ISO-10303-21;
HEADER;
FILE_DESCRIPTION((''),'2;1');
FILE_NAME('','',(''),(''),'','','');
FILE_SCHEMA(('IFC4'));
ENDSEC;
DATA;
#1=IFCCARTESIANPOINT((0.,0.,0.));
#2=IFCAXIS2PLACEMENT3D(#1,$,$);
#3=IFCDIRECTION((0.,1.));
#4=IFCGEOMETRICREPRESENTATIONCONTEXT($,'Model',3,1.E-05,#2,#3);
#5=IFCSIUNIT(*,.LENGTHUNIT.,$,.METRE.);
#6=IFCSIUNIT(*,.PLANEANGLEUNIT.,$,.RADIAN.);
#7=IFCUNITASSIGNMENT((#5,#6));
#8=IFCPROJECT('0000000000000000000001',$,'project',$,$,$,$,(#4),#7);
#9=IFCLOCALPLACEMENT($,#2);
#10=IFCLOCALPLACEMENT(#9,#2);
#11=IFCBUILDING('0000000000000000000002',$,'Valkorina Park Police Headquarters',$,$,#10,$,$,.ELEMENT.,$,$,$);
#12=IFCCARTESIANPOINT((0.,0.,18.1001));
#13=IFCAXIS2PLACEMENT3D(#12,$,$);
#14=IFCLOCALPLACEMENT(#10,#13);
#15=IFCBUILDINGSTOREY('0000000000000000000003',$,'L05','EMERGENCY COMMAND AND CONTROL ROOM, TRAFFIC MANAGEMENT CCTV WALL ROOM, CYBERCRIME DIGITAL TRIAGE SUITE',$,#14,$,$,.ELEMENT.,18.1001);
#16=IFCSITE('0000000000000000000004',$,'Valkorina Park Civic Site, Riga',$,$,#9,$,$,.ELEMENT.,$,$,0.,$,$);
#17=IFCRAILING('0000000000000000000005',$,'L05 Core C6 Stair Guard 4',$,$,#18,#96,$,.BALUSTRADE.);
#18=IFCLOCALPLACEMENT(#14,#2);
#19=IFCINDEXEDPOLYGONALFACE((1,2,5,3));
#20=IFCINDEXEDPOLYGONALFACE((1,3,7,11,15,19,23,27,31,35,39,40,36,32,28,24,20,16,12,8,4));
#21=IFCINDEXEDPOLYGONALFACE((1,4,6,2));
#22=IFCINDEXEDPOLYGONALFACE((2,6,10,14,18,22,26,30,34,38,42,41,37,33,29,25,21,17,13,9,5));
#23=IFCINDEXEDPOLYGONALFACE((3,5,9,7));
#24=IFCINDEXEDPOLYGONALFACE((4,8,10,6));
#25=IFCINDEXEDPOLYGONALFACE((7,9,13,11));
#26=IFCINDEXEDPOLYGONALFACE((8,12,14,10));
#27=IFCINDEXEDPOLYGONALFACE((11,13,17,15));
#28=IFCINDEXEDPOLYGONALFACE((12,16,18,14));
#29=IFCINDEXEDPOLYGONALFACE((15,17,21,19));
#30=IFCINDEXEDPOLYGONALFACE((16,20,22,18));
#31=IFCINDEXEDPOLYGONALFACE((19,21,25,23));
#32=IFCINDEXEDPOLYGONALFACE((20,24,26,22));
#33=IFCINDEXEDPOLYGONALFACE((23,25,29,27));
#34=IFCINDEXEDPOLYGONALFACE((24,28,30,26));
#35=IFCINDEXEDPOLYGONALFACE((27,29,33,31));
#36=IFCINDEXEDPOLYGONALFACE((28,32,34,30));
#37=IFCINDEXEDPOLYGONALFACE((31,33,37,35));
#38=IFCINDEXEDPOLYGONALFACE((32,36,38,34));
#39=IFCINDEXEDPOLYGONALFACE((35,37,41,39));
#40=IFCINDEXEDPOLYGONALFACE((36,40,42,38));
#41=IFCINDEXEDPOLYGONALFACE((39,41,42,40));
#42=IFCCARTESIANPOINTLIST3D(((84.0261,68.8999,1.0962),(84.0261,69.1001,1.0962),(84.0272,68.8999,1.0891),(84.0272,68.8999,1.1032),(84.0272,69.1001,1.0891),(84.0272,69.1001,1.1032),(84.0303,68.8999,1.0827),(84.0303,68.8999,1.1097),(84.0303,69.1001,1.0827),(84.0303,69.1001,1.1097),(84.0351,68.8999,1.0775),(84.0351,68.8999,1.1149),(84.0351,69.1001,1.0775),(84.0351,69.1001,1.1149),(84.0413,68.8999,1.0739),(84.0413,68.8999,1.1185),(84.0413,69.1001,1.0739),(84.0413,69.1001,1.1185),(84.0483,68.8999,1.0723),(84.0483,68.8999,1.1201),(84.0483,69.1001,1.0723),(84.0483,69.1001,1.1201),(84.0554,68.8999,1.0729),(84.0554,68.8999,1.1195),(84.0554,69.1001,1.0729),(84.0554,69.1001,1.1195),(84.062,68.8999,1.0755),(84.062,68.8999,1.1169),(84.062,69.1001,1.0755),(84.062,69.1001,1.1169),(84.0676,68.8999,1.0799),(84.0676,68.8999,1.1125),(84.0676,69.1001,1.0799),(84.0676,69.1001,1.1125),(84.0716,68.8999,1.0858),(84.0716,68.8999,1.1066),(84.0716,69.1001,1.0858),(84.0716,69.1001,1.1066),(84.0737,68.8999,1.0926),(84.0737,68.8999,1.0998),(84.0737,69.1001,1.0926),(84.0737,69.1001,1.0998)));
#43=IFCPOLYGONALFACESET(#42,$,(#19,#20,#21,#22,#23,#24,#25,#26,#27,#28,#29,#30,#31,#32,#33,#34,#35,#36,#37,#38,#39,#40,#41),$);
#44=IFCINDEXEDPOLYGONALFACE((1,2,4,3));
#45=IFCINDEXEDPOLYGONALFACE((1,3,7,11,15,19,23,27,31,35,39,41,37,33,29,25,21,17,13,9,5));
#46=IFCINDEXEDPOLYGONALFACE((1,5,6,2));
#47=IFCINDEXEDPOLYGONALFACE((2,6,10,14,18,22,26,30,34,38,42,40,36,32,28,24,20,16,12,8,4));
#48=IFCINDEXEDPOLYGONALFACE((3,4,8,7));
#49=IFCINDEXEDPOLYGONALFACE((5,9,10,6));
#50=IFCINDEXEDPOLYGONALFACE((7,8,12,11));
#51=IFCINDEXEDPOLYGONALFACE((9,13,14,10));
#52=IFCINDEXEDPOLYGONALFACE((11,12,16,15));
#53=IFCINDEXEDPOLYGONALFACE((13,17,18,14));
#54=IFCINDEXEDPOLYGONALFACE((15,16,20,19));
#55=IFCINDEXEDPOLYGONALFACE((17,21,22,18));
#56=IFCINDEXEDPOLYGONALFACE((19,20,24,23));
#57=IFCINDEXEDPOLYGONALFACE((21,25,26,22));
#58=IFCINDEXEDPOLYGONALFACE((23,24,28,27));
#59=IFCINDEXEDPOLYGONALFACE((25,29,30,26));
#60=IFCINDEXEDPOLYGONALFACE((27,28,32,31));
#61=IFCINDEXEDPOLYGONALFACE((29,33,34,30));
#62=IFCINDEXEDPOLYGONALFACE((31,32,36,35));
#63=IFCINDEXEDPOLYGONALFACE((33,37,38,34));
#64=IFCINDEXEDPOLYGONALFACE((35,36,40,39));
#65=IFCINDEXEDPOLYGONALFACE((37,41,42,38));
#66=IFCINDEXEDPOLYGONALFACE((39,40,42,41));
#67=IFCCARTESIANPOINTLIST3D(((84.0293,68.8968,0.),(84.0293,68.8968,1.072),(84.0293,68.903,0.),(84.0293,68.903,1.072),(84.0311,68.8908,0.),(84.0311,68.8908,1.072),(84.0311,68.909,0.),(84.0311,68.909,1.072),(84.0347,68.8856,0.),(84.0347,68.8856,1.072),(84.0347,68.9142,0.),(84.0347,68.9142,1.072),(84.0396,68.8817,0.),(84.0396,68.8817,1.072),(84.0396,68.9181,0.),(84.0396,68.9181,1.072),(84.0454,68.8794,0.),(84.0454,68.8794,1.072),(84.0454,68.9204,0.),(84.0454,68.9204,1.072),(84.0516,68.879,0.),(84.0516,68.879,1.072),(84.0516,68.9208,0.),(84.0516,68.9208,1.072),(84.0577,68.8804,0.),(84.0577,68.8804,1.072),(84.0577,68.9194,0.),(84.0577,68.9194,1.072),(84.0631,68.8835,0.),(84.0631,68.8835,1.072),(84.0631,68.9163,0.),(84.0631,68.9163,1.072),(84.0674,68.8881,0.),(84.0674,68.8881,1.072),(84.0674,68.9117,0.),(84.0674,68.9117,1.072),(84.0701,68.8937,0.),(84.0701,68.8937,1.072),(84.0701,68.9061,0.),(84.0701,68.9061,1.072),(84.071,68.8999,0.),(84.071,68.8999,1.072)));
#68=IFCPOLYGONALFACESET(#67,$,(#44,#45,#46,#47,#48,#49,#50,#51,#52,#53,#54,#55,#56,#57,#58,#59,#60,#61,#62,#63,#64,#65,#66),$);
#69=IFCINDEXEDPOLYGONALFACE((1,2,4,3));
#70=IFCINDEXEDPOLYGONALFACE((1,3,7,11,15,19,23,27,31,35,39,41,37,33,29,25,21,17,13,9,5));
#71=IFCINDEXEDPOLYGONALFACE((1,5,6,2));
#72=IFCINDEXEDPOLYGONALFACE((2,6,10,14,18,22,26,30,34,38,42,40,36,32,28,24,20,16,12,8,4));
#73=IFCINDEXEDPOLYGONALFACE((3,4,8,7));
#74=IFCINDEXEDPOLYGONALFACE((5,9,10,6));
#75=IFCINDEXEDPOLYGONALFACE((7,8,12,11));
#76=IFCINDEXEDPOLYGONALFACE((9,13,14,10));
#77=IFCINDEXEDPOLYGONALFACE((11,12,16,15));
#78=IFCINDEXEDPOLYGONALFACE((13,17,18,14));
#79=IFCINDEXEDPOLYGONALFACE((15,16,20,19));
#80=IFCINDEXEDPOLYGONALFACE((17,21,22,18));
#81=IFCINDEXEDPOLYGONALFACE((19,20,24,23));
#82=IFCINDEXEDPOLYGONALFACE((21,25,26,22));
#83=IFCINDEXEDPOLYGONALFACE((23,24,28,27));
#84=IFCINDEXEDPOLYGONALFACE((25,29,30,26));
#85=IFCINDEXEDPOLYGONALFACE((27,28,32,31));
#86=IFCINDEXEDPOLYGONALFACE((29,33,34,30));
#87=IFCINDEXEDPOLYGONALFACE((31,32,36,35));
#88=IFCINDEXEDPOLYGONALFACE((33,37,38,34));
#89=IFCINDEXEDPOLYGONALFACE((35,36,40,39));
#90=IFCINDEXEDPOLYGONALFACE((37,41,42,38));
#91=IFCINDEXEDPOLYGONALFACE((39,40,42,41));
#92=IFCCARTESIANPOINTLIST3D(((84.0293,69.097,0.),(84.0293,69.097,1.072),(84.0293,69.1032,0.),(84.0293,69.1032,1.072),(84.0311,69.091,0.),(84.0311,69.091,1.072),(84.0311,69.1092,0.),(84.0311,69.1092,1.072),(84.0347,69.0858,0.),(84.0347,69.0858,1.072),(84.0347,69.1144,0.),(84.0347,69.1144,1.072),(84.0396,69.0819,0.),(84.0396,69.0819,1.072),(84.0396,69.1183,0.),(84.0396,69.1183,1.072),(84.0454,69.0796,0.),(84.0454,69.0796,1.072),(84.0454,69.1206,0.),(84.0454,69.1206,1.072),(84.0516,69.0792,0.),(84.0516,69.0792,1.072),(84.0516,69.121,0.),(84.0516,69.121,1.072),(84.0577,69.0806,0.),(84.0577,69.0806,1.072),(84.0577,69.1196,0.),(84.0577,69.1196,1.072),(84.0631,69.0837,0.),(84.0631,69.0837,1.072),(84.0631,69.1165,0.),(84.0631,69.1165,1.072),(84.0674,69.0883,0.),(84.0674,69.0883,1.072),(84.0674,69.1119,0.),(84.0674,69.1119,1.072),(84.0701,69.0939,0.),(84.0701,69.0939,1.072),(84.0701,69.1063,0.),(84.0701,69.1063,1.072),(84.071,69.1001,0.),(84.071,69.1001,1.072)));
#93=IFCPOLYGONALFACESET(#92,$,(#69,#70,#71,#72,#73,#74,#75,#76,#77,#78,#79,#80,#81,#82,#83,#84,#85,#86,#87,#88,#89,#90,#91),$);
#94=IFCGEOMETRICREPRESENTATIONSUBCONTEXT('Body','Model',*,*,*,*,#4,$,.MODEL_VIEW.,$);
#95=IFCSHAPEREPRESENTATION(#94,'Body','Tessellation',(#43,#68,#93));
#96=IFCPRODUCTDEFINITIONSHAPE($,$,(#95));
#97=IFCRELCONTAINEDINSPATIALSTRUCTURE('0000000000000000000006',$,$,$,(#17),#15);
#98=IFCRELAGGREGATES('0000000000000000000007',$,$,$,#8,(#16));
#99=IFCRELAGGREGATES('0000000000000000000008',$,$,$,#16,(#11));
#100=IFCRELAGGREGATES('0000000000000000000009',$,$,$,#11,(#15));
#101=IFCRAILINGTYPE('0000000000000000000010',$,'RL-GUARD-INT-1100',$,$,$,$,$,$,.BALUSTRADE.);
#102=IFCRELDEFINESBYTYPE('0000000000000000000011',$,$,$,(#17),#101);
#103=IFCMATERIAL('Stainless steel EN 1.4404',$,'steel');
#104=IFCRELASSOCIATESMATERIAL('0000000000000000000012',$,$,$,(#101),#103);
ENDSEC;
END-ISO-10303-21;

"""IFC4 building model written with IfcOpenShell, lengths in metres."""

from ifc_helpers import new_model, si_unit, direction, frame, origin, origin_2d, place, context, subcontext, project, spatial, circle, extrude, material, type_object, element, save


model = new_model("IFC4")

# Units and contexts
model_context = context("Model", 3, precision=1e-05, world=origin(), true_north=direction((0.0, 1.0)))
body_context = subcontext(model_context, "Body", "Model", "MODEL_VIEW")
ifc_project = project(units=[si_unit("LENGTHUNIT", "METRE"), si_unit("PLANEANGLEUNIT", "RADIAN")], contexts=[model_context])

# Site, building, storey
site_placement = place(None, origin())
site = spatial("IfcSite", under=ifc_project, at=site_placement, Name="Valkorina Park Civic Site, Riga", CompositionType="ELEMENT", RefElevation=0.0)
building_placement = place(site_placement, origin())
building = spatial("IfcBuilding", under=site, at=building_placement, Name="Valkorina Park Police Headquarters", CompositionType="ELEMENT")
storey_placement = place(building_placement, frame((0.0, 0.0, 18.1001)))
storey = spatial("IfcBuildingStorey", under=building, at=storey_placement, Name="L05", Description="EMERGENCY COMMAND AND CONTROL ROOM, TRAFFIC MANAGEMENT CCTV WALL ROOM, CYBERCRIME DIGITAL TRIAGE SUITE", CompositionType="ELEMENT", Elevation=18.1001)

# Railing
ifc_material_1 = material(Name="Stainless steel EN 1.4404", Category="steel")
railing_type_1 = type_object("IfcRailingType", Name="RL-GUARD-INT-1100", PredefinedType="BALUSTRADE", material=ifc_material_1)
railing_1_placement = place(storey_placement, frame((84.05, 68.8999, 0.0)))
element("IfcRailing", 1, at=railing_1_placement, inside=storey, type_object=railing_type_1, Name="L05 Core C6 Stair Guard 4", PredefinedType="BALUSTRADE", context=body_context, shape_type="SweptSolid", body=[
    extrude(circle(Radius=0.0239, at=origin_2d()), frame((0.0, 0.0, 1.0962), z_axis=(0.0, 1.0, 0.0), x_axis=(-1.0, 0.0, 0.0)), (0.0, 0.0, 1.0), 0.2002),
    extrude(circle(Radius=0.021, at=origin_2d()), origin(), (0.0, 0.0, 1.0), 1.072),
    extrude(circle(Radius=0.021, at=origin_2d()), frame((0.0, 0.2002, 0.0)), (0.0, 0.0, 1.0), 1.072),
])

save(model, "model.ifc")
